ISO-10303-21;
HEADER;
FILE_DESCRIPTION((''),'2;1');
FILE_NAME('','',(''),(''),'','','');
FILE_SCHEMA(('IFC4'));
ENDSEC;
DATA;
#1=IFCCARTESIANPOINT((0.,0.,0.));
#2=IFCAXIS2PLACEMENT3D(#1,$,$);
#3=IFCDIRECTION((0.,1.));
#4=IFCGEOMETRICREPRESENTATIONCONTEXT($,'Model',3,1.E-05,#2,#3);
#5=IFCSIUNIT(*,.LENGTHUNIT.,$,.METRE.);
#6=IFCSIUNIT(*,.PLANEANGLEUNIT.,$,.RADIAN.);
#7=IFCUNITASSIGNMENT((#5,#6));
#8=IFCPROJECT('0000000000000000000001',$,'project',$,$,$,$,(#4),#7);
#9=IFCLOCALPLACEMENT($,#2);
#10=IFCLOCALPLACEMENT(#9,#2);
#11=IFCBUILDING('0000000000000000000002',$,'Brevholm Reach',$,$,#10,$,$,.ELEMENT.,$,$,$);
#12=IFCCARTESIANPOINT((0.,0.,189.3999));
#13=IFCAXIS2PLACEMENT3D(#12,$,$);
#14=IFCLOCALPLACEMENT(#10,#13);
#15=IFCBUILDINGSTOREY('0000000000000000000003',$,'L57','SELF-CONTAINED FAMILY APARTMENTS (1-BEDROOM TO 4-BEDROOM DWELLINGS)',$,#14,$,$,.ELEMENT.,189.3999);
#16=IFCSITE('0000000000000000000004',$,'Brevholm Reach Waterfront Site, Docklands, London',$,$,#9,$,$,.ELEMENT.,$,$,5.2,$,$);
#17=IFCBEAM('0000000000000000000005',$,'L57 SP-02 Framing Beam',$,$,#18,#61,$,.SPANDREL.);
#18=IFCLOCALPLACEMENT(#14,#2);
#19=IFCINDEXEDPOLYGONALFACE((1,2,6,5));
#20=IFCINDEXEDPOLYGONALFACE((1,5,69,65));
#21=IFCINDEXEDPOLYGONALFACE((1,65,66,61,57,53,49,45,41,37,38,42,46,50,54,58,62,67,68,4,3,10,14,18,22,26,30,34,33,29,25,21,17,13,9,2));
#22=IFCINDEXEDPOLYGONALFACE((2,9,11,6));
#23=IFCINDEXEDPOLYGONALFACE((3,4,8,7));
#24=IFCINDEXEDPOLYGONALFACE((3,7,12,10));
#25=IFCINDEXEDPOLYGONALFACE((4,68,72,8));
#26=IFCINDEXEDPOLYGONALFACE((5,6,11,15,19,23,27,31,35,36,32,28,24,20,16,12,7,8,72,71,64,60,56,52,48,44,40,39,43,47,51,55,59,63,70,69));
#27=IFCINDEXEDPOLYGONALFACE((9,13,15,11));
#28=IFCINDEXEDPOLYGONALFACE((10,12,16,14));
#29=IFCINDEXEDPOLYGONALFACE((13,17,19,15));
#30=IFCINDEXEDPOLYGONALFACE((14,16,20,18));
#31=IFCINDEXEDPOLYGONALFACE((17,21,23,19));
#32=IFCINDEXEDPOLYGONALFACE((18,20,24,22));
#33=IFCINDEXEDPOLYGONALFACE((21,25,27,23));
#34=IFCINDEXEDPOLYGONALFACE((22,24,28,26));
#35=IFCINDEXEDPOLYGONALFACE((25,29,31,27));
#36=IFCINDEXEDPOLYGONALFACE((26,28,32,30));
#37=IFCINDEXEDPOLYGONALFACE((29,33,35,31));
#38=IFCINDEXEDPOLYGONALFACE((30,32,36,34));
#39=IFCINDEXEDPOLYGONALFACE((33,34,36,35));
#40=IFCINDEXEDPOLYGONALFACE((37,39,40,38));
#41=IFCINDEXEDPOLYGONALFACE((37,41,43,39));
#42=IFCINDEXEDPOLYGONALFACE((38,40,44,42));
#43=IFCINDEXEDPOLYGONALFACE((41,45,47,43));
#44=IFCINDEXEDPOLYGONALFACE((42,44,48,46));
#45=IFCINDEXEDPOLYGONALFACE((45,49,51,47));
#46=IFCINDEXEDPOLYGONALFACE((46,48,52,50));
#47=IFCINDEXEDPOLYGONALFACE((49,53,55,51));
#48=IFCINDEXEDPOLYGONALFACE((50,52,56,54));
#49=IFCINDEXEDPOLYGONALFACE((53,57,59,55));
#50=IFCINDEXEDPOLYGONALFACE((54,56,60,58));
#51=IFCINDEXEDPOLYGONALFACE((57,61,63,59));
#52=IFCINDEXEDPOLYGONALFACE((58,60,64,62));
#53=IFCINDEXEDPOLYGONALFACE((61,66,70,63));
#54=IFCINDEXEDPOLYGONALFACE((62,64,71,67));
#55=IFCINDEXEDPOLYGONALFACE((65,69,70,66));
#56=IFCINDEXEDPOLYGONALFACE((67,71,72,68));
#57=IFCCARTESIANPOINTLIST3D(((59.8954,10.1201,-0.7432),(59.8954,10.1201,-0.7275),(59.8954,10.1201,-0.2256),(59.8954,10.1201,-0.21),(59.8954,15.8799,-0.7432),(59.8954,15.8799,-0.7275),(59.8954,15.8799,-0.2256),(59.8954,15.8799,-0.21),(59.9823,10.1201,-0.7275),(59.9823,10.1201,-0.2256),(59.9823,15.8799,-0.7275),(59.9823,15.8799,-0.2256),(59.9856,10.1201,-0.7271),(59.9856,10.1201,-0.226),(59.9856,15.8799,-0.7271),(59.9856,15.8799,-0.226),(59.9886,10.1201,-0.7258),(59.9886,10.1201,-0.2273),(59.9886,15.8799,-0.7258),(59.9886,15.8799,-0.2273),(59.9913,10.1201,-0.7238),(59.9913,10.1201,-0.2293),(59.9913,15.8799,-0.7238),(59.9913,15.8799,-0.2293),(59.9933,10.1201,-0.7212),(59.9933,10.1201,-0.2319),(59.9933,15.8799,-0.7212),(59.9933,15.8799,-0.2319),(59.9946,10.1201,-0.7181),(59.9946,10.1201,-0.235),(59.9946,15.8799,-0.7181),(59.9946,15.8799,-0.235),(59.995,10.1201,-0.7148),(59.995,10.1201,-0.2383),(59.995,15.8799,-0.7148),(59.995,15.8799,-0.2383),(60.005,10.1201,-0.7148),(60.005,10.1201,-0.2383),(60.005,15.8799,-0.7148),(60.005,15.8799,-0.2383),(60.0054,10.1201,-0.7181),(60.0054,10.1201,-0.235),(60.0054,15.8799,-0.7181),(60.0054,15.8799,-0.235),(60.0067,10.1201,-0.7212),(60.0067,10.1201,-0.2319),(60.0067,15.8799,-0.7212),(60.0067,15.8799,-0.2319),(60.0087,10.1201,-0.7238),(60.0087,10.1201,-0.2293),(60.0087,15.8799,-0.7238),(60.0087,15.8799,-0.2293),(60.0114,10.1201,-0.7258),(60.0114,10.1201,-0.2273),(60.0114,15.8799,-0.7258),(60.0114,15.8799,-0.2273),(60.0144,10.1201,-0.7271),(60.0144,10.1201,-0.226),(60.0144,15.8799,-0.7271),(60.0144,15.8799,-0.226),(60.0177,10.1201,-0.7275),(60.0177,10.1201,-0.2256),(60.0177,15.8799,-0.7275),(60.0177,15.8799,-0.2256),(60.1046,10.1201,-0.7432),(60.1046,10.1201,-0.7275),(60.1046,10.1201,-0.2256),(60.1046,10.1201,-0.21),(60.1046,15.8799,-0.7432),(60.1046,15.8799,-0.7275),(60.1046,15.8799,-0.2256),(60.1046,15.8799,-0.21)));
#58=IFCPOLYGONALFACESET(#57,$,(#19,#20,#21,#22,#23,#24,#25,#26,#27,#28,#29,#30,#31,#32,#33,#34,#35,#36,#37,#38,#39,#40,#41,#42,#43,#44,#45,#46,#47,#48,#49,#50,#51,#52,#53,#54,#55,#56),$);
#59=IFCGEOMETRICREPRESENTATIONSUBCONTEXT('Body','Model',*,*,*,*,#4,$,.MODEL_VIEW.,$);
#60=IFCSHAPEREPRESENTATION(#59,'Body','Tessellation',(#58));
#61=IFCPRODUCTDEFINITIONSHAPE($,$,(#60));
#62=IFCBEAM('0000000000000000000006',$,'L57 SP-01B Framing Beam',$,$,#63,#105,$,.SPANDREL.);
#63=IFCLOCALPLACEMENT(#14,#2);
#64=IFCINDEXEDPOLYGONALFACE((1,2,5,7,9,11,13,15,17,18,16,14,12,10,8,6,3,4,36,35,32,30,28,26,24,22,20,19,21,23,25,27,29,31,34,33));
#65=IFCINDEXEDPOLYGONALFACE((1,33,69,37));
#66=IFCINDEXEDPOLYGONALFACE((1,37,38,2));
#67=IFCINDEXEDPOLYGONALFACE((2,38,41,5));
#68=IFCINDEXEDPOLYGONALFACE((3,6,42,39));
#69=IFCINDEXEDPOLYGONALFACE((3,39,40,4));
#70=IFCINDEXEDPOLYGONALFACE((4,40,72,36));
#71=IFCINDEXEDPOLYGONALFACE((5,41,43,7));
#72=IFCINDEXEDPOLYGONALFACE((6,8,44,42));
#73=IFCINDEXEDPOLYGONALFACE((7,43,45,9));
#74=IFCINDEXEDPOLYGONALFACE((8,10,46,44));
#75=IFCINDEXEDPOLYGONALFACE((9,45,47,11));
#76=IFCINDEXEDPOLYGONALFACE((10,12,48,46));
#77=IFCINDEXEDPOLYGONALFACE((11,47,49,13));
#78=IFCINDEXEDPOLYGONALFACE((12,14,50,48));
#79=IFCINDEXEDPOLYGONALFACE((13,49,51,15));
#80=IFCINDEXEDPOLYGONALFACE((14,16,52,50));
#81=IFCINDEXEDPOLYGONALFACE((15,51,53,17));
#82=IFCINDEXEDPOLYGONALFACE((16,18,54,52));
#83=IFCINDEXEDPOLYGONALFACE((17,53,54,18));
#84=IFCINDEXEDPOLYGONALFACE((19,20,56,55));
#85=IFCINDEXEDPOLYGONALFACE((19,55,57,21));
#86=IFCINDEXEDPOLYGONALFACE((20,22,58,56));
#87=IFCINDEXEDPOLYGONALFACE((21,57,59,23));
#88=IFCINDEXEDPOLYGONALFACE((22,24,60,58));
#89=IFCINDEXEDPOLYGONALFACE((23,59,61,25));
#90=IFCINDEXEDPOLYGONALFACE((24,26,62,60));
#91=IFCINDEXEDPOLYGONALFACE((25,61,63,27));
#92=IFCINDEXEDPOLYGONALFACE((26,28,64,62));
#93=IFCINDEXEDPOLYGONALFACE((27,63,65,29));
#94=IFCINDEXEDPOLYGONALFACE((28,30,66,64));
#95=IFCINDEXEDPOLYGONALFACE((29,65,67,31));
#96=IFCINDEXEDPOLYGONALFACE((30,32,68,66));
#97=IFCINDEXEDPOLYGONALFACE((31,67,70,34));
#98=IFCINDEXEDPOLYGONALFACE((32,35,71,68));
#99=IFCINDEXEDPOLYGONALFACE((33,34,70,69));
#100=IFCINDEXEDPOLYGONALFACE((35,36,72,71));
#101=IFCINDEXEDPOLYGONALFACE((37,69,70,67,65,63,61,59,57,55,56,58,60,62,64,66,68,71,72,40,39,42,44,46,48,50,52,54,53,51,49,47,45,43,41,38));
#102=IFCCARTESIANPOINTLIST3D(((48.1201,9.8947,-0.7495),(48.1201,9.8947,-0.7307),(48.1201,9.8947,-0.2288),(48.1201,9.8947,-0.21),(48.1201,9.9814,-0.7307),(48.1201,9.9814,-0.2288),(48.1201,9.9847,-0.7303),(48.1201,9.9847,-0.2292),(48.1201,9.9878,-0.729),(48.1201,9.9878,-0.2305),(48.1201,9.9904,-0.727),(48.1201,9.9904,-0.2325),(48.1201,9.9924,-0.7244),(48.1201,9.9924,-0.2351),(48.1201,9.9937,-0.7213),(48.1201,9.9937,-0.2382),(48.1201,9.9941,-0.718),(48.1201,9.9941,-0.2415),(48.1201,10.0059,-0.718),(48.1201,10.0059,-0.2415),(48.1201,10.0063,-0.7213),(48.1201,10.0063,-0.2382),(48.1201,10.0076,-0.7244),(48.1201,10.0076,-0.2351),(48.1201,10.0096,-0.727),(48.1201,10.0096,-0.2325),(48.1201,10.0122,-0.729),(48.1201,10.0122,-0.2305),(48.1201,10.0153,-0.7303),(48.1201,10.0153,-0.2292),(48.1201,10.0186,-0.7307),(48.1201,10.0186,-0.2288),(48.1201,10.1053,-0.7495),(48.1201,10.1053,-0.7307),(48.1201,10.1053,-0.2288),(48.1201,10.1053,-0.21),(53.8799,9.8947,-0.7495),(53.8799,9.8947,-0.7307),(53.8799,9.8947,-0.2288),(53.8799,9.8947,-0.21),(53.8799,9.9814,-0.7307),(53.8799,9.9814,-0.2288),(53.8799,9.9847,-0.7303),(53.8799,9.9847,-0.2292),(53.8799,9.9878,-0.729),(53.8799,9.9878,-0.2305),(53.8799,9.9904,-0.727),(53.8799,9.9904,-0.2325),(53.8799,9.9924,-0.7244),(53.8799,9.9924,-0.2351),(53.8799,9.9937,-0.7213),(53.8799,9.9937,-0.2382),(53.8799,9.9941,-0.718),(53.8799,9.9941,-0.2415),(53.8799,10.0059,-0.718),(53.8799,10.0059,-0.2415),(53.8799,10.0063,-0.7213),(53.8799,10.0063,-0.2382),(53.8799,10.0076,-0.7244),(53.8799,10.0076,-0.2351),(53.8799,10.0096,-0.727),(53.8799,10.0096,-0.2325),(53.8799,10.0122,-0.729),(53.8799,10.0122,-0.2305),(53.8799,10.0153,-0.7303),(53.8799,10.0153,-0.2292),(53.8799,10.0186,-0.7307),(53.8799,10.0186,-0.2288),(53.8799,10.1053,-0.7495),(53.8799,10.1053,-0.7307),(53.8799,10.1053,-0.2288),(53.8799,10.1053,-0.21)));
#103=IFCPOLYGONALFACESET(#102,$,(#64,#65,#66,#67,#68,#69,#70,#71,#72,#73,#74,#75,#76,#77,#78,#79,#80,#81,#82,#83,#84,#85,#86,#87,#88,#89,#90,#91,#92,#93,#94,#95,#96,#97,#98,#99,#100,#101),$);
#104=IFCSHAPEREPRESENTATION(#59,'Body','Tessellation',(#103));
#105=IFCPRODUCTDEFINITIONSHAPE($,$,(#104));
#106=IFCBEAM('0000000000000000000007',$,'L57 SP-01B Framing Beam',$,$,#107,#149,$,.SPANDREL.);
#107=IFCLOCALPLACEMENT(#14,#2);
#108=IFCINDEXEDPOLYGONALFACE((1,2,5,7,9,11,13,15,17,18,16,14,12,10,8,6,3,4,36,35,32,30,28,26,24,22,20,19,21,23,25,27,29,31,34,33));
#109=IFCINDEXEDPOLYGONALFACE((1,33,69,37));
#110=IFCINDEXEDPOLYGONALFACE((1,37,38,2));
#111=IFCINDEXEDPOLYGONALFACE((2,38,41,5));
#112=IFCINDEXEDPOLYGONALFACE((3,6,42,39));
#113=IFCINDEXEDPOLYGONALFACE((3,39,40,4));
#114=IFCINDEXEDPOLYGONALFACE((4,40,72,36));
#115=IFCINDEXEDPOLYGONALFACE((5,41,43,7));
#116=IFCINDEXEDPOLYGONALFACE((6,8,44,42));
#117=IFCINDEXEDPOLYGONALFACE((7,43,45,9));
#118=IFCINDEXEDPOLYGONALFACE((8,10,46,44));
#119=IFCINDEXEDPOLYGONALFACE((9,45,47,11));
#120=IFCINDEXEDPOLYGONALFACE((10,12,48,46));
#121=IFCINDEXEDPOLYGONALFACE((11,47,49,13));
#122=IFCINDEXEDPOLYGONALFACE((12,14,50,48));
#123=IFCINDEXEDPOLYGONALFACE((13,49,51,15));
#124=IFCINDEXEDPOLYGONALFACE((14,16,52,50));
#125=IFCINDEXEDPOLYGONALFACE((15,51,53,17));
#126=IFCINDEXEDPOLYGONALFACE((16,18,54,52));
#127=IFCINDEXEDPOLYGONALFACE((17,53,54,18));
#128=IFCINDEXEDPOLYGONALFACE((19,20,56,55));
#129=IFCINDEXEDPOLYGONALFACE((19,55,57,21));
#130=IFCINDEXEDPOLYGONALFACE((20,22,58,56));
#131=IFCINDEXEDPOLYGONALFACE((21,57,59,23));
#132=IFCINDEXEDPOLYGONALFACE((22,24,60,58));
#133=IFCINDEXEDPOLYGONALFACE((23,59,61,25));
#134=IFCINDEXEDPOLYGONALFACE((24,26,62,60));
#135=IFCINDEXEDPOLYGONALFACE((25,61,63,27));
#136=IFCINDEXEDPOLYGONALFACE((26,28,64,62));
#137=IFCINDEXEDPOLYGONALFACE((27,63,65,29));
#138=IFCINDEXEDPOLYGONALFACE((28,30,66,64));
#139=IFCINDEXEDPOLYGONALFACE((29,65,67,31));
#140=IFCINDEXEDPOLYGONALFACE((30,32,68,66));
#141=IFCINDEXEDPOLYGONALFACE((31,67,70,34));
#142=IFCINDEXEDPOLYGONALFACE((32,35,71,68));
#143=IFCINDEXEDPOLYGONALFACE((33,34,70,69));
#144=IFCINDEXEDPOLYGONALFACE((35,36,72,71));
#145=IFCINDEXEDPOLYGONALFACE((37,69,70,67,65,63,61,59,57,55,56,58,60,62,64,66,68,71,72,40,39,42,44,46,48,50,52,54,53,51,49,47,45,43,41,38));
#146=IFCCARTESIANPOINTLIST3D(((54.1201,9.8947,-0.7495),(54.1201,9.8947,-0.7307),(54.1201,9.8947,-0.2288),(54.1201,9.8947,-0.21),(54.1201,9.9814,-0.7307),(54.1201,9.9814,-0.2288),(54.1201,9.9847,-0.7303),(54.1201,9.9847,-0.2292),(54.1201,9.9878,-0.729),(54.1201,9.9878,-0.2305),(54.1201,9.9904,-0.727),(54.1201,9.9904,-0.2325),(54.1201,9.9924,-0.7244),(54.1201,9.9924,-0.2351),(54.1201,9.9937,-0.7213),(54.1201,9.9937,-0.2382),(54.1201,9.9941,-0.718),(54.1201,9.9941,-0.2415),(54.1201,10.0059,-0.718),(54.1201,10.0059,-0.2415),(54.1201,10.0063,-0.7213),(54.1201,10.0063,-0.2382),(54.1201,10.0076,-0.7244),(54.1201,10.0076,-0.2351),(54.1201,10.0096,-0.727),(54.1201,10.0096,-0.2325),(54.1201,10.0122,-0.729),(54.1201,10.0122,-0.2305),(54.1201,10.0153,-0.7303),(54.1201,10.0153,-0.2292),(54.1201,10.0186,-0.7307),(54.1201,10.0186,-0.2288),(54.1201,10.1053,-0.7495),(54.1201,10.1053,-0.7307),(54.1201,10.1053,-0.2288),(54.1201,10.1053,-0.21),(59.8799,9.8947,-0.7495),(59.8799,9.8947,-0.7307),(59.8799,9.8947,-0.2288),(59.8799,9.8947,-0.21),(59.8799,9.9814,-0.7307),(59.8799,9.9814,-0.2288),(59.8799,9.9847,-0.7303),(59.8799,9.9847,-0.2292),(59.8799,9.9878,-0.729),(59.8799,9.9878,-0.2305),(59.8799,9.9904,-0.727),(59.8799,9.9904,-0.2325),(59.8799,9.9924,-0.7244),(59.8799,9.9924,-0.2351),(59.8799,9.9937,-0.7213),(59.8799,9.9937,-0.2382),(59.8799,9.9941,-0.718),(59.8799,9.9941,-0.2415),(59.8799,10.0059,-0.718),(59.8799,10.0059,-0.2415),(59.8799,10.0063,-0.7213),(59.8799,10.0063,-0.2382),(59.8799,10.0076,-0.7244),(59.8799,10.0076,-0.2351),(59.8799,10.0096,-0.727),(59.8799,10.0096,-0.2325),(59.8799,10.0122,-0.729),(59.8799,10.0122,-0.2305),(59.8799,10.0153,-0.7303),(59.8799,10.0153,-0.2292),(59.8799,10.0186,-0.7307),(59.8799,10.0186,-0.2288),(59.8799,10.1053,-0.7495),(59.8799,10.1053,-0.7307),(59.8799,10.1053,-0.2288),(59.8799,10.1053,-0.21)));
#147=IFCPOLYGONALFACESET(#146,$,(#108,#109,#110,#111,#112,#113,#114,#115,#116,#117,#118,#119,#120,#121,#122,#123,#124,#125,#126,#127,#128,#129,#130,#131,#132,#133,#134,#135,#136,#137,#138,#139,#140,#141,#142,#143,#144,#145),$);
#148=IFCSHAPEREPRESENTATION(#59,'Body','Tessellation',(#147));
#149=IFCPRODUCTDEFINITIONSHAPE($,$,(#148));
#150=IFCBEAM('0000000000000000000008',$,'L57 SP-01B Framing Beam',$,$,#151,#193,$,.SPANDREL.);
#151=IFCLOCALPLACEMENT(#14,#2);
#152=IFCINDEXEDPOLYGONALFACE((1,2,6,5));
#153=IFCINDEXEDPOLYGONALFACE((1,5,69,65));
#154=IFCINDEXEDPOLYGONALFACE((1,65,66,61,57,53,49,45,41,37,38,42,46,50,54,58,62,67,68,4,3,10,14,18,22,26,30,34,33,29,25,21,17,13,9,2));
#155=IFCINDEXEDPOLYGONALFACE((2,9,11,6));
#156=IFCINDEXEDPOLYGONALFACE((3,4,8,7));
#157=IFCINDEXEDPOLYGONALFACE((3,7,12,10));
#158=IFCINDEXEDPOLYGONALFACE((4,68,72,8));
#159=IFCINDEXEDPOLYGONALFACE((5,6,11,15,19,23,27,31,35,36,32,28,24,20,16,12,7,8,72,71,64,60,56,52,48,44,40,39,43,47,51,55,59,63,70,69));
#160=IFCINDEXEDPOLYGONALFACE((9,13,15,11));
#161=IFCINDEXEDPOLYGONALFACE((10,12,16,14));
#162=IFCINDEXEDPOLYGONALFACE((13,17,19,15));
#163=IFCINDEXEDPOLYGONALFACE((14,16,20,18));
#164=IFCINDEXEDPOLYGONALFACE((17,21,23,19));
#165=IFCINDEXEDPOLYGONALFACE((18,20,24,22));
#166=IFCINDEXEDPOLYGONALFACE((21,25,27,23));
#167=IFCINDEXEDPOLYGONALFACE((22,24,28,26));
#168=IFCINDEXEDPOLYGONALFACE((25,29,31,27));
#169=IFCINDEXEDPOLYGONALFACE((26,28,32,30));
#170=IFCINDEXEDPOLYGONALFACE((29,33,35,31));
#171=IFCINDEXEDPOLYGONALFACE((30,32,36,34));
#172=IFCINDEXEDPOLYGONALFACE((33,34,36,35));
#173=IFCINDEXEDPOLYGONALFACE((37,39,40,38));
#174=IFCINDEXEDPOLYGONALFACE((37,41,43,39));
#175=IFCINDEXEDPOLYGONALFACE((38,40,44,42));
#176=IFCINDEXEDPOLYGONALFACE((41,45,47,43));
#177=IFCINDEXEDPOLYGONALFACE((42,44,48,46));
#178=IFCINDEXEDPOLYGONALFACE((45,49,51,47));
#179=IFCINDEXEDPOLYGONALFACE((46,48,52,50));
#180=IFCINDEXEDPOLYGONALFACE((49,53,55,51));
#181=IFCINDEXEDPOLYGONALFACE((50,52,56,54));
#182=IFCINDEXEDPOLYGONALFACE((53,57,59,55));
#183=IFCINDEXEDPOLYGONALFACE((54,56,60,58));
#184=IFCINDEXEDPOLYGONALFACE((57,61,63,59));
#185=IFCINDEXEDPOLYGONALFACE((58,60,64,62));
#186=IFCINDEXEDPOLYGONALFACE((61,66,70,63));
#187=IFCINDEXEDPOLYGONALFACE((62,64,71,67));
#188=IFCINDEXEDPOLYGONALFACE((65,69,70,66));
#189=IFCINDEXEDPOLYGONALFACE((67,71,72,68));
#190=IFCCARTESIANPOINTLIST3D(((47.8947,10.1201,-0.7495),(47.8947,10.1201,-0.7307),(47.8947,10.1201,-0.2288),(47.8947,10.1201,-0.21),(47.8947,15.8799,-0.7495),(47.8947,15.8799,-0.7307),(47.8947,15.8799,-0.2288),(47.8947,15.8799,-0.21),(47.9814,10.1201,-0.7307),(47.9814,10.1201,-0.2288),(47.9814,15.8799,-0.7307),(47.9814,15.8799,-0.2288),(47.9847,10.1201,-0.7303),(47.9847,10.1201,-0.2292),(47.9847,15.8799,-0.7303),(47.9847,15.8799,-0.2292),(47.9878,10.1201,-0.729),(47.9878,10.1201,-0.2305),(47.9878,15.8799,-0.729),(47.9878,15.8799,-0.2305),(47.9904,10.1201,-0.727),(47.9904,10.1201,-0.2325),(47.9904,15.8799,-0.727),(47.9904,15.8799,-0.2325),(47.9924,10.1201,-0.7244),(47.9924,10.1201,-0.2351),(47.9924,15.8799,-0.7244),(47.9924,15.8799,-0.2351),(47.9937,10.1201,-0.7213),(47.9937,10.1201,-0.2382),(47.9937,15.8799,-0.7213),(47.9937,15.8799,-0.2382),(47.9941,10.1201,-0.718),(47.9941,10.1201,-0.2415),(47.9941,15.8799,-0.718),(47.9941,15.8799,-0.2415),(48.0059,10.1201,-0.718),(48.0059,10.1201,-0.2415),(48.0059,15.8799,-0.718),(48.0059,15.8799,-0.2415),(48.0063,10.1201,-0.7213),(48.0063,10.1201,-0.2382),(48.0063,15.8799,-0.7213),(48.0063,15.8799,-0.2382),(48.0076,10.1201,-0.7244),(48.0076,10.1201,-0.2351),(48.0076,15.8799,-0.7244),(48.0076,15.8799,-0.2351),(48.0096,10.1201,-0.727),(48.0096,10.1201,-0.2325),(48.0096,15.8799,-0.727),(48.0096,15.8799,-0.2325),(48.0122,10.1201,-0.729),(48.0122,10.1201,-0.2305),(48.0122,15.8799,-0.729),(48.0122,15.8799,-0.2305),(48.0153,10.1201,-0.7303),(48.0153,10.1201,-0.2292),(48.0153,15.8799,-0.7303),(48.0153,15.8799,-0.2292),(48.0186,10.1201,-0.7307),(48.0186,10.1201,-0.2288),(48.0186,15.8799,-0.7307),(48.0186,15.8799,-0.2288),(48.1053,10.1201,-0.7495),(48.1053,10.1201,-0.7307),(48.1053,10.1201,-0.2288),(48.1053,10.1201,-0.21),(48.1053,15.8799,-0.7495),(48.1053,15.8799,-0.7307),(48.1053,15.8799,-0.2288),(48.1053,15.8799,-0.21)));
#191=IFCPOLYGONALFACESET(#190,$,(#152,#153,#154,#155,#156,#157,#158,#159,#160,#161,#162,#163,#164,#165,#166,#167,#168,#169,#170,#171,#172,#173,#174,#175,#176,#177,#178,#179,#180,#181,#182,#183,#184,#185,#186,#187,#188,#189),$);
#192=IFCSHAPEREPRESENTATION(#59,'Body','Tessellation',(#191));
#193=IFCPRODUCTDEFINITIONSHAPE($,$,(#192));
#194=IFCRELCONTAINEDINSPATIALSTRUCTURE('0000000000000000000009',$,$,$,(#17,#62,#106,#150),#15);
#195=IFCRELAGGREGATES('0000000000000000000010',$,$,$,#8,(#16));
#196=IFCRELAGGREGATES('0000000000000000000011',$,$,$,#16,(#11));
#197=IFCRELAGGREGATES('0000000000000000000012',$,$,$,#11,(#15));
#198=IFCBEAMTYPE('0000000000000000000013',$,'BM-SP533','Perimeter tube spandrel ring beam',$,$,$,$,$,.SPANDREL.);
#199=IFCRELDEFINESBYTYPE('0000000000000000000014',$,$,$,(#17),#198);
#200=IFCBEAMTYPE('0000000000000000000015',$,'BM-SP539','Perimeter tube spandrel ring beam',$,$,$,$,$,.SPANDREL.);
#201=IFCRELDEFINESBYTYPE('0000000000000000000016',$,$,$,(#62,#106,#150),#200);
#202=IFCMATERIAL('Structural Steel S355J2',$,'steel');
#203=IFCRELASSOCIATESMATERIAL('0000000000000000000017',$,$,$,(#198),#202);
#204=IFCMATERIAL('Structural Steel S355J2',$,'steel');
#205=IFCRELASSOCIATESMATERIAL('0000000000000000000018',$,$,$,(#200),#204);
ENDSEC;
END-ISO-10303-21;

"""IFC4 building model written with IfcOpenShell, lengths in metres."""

from ifc_helpers import new_model, si_unit, direction, frame, origin, origin_2d, place, context, subcontext, project, spatial, i_section, extrude, material, material_profile, profile_set, type_object, element, save


model = new_model("IFC4")

# Units and contexts
model_context = context("Model", 3, precision=1e-05, world=origin(), true_north=direction((0.0, 1.0)))
body_context = subcontext(model_context, "Body", "Model", "MODEL_VIEW")
ifc_project = project(units=[si_unit("LENGTHUNIT", "METRE"), si_unit("PLANEANGLEUNIT", "RADIAN")], contexts=[model_context])

# Site, building, storey
site_placement = place(None, origin())
site = spatial("IfcSite", under=ifc_project, at=site_placement, Name="Brevholm Reach Waterfront Site, Docklands, London", CompositionType="ELEMENT", RefElevation=5.2)
building_placement = place(site_placement, origin())
building = spatial("IfcBuilding", under=site, at=building_placement, Name="Brevholm Reach", CompositionType="ELEMENT")
storey_placement = place(building_placement, frame((0.0, 0.0, 189.3999)))
storey = spatial("IfcBuildingStorey", under=building, at=storey_placement, Name="L57", Description="SELF-CONTAINED FAMILY APARTMENTS (1-BEDROOM TO 4-BEDROOM DWELLINGS)", CompositionType="ELEMENT", Elevation=189.3999)

# Beams
ifc_material_1 = material(Name="Structural Steel S355J2", Category="steel")
ifc_material_profile_1 = material_profile(ifc_material_1, i_section(OverallWidth=0.2092, OverallDepth=0.5332, WebThickness=0.01, FlangeThickness=0.0156, FilletRadius=0.0127, at=origin_2d()), Name="UKB 533x210x92")
ifc_profile_set_1 = profile_set([ifc_material_profile_1], Name="Structural Steel S355J2")
beam_type_1 = type_object("IfcBeamType", Name="BM-SP533", Description="Perimeter tube spandrel ring beam", PredefinedType="SPANDREL", material=ifc_profile_set_1)
beam_placement = place(storey_placement, frame((60.0, 10.1201, -0.4766), z_axis=(0.0, 1.0, 0.0), x_axis=(-1.0, 0.0, 0.0)))
element("IfcBeam", 1, at=beam_placement, inside=storey, type_object=beam_type_1, Name="L57 SP-02 Framing Beam", PredefinedType="SPANDREL", context=body_context, shape_type="SweptSolid", body=[
    extrude(i_section(OverallWidth=0.2092, OverallDepth=0.5332, WebThickness=0.01, FlangeThickness=0.0156, FilletRadius=0.0127, at=origin_2d()), origin(), (0.0, 0.0, 1.0), 5.7598),
])
ifc_material_2 = material(Name="Structural Steel S355J2", Category="steel")
ifc_material_profile_2 = material_profile(ifc_material_2, i_section(OverallWidth=0.2107, OverallDepth=0.5396, WebThickness=0.0117, FlangeThickness=0.0188, FilletRadius=0.0127, at=origin_2d()), Name="UKB 533x210x109")
ifc_profile_set_2 = profile_set([ifc_material_profile_2], Name="Structural Steel S355J2")
beam_type_2 = type_object("IfcBeamType", Name="BM-SP539", Description="Perimeter tube spandrel ring beam", PredefinedType="SPANDREL", material=ifc_profile_set_2)
for number, where, z_axis, x_axis, name in (
    (2, (48.1201, 10.0, -0.4797), (1.0, 0.0, 0.0), (0.0, 1.0, 0.0), "L57 SP-01B Framing Beam"),
    (3, (54.1201, 10.0, -0.4797), (1.0, 0.0, 0.0), (0.0, 1.0, 0.0), "L57 SP-01B Framing Beam"),
    (4, (48.0, 10.1201, -0.4797), (0.0, 1.0, 0.0), (-1.0, 0.0, 0.0), "L57 SP-01B Framing Beam"),
):
    element("IfcBeam", number, at=place(storey_placement, frame(where, z_axis=z_axis, x_axis=x_axis)), inside=storey, type_object=beam_type_2, Name=name, PredefinedType="SPANDREL", context=body_context, shape_type="SweptSolid", body=[
        extrude(i_section(OverallWidth=0.2107, OverallDepth=0.5396, WebThickness=0.0117, FlangeThickness=0.0188, FilletRadius=0.0127, at=origin_2d()), origin(), (0.0, 0.0, 1.0), 5.7598),
    ])

save(model, "model.ifc")
